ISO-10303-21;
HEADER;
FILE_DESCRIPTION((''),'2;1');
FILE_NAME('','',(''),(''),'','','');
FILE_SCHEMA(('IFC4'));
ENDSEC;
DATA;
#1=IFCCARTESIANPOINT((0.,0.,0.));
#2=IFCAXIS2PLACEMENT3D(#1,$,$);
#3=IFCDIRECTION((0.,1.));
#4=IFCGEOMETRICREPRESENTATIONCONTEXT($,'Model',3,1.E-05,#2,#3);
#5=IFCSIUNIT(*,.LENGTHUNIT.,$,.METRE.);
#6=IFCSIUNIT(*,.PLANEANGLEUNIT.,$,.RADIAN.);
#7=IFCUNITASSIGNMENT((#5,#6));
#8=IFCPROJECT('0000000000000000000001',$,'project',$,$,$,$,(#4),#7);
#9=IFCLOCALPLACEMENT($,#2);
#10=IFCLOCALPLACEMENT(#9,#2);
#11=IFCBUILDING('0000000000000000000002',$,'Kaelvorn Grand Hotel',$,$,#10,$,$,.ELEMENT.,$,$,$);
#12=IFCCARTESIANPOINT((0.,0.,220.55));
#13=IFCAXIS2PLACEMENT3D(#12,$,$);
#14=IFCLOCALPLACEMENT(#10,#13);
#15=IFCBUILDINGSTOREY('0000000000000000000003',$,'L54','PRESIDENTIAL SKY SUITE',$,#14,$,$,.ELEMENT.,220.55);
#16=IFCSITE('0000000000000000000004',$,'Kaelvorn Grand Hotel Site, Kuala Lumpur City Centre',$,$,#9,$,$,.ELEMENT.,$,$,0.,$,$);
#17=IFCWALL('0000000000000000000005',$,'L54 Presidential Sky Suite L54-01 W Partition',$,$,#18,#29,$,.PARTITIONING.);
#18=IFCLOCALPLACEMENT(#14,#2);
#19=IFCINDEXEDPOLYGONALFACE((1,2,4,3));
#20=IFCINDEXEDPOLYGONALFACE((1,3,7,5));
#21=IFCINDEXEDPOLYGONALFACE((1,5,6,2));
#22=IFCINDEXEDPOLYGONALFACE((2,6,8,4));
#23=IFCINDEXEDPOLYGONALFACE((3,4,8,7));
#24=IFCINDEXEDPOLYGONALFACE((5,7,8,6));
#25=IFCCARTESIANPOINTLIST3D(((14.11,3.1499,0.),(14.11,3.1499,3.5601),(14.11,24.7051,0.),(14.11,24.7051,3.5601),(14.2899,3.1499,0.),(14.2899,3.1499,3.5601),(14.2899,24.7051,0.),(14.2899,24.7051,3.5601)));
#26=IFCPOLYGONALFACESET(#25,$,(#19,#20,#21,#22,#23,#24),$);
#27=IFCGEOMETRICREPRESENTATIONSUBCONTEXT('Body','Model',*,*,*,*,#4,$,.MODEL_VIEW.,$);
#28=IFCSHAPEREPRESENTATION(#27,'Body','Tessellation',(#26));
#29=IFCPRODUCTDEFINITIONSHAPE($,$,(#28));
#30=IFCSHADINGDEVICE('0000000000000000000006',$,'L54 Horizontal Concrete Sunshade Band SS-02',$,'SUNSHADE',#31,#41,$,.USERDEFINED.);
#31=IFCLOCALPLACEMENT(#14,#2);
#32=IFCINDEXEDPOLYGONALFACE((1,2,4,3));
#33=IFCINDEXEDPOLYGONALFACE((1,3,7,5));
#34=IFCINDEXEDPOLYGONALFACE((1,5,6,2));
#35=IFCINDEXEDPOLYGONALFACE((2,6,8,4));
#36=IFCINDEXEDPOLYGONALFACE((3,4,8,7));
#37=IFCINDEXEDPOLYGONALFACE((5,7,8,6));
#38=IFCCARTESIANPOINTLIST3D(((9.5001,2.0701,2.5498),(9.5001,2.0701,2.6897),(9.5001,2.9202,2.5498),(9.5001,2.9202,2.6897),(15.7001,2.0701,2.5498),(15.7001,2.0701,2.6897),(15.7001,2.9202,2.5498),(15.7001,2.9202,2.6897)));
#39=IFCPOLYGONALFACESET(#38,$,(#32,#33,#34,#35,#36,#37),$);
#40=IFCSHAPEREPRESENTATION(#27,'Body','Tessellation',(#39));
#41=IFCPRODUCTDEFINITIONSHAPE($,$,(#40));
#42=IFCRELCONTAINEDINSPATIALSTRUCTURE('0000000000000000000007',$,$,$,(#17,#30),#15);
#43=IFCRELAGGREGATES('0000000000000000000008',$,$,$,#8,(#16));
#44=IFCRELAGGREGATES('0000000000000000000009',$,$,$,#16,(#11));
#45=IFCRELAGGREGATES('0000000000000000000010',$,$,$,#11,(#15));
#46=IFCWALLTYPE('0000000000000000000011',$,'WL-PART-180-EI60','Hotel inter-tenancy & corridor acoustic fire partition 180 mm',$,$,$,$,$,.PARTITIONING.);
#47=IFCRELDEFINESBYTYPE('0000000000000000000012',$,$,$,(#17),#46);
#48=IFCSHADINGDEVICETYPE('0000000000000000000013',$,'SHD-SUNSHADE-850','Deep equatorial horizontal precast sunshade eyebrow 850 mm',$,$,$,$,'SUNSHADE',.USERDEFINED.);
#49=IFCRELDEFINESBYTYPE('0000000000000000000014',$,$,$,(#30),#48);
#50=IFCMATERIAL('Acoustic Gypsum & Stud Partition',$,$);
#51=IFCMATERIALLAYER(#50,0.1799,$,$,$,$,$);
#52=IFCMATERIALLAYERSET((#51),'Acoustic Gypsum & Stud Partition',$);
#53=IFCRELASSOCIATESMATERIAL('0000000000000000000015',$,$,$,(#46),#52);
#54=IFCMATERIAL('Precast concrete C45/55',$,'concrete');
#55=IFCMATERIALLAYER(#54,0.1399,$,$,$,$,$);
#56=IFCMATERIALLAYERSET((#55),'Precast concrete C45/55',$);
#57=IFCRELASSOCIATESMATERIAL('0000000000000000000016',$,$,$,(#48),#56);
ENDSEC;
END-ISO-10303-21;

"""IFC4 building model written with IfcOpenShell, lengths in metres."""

from ifc_helpers import new_model, si_unit, direction, frame, frame_2d, origin, origin_2d, place, context, subcontext, project, spatial, rectangle, extrude, material, layer, layer_set, type_object, element, save


model = new_model("IFC4")

# Units and contexts
model_context = context("Model", 3, precision=1e-05, world=origin(), true_north=direction((0.0, 1.0)))
body_context = subcontext(model_context, "Body", "Model", "MODEL_VIEW")
ifc_project = project(units=[si_unit("LENGTHUNIT", "METRE"), si_unit("PLANEANGLEUNIT", "RADIAN")], contexts=[model_context])

# Site, building, storey
site_placement = place(None, origin())
site = spatial("IfcSite", under=ifc_project, at=site_placement, Name="Kaelvorn Grand Hotel Site, Kuala Lumpur City Centre", CompositionType="ELEMENT", RefElevation=0.0)
building_placement = place(site_placement, origin())
building = spatial("IfcBuilding", under=site, at=building_placement, Name="Kaelvorn Grand Hotel", CompositionType="ELEMENT")
storey_placement = place(building_placement, frame((0.0, 0.0, 220.55)))
storey = spatial("IfcBuildingStorey", under=building, at=storey_placement, Name="L54", Description="PRESIDENTIAL SKY SUITE", CompositionType="ELEMENT", Elevation=220.55)

# Wall
ifc_material_1 = material(Name="Acoustic Gypsum & Stud Partition")
ifc_layer_1 = layer(ifc_material_1, 0.1799)
ifc_layer_set_1 = layer_set([ifc_layer_1], Name="Acoustic Gypsum & Stud Partition")
wall_type_1 = type_object("IfcWallType", Name="WL-PART-180-EI60", Description="Hotel inter-tenancy & corridor acoustic fire partition 180 mm", PredefinedType="PARTITIONING", material=ifc_layer_set_1)
wall_1_placement = place(storey_placement, frame((14.2, 3.1499, 0.0), z_axis=(0.0, 0.0, 1.0), x_axis=(0.0, 1.0, 0.0)))
element("IfcWall", 1, at=wall_1_placement, inside=storey, type_object=wall_type_1, Name="L54 Presidential Sky Suite L54-01 W Partition", PredefinedType="PARTITIONING", context=body_context, shape_type="SweptSolid", body=[
    extrude(rectangle(XDim=21.5552, YDim=0.1799, at=frame_2d((10.7776, 0.0))), origin(), (0.0, 0.0, 1.0), 3.5601),
])

# Shading device
ifc_material_2 = material(Name="Precast concrete C45/55", Category="concrete")
ifc_layer_2 = layer(ifc_material_2, 0.1399)
ifc_layer_set_2 = layer_set([ifc_layer_2], Name="Precast concrete C45/55")
shading_device_type = type_object("IfcShadingDeviceType", Name="SHD-SUNSHADE-850", Description="Deep equatorial horizontal precast sunshade eyebrow 850 mm", ElementType="SUNSHADE", PredefinedType="USERDEFINED", material=ifc_layer_set_2)
shading_device_placement = place(storey_placement, frame((12.6001, 2.4951, 2.5498), z_axis=(0.0, 0.0, 1.0), x_axis=(1.0, 0.0, 0.0)))
element("IfcShadingDevice", 2, at=shading_device_placement, inside=storey, type_object=shading_device_type, Name="L54 Horizontal Concrete Sunshade Band SS-02", ObjectType="SUNSHADE", PredefinedType="USERDEFINED", context=body_context, shape_type="SweptSolid", body=[
    extrude(rectangle(XDim=6.2, YDim=0.8501, at=origin_2d()), origin(), (0.0, 0.0, 1.0), 0.1399),
])

save(model, "model.ifc")
